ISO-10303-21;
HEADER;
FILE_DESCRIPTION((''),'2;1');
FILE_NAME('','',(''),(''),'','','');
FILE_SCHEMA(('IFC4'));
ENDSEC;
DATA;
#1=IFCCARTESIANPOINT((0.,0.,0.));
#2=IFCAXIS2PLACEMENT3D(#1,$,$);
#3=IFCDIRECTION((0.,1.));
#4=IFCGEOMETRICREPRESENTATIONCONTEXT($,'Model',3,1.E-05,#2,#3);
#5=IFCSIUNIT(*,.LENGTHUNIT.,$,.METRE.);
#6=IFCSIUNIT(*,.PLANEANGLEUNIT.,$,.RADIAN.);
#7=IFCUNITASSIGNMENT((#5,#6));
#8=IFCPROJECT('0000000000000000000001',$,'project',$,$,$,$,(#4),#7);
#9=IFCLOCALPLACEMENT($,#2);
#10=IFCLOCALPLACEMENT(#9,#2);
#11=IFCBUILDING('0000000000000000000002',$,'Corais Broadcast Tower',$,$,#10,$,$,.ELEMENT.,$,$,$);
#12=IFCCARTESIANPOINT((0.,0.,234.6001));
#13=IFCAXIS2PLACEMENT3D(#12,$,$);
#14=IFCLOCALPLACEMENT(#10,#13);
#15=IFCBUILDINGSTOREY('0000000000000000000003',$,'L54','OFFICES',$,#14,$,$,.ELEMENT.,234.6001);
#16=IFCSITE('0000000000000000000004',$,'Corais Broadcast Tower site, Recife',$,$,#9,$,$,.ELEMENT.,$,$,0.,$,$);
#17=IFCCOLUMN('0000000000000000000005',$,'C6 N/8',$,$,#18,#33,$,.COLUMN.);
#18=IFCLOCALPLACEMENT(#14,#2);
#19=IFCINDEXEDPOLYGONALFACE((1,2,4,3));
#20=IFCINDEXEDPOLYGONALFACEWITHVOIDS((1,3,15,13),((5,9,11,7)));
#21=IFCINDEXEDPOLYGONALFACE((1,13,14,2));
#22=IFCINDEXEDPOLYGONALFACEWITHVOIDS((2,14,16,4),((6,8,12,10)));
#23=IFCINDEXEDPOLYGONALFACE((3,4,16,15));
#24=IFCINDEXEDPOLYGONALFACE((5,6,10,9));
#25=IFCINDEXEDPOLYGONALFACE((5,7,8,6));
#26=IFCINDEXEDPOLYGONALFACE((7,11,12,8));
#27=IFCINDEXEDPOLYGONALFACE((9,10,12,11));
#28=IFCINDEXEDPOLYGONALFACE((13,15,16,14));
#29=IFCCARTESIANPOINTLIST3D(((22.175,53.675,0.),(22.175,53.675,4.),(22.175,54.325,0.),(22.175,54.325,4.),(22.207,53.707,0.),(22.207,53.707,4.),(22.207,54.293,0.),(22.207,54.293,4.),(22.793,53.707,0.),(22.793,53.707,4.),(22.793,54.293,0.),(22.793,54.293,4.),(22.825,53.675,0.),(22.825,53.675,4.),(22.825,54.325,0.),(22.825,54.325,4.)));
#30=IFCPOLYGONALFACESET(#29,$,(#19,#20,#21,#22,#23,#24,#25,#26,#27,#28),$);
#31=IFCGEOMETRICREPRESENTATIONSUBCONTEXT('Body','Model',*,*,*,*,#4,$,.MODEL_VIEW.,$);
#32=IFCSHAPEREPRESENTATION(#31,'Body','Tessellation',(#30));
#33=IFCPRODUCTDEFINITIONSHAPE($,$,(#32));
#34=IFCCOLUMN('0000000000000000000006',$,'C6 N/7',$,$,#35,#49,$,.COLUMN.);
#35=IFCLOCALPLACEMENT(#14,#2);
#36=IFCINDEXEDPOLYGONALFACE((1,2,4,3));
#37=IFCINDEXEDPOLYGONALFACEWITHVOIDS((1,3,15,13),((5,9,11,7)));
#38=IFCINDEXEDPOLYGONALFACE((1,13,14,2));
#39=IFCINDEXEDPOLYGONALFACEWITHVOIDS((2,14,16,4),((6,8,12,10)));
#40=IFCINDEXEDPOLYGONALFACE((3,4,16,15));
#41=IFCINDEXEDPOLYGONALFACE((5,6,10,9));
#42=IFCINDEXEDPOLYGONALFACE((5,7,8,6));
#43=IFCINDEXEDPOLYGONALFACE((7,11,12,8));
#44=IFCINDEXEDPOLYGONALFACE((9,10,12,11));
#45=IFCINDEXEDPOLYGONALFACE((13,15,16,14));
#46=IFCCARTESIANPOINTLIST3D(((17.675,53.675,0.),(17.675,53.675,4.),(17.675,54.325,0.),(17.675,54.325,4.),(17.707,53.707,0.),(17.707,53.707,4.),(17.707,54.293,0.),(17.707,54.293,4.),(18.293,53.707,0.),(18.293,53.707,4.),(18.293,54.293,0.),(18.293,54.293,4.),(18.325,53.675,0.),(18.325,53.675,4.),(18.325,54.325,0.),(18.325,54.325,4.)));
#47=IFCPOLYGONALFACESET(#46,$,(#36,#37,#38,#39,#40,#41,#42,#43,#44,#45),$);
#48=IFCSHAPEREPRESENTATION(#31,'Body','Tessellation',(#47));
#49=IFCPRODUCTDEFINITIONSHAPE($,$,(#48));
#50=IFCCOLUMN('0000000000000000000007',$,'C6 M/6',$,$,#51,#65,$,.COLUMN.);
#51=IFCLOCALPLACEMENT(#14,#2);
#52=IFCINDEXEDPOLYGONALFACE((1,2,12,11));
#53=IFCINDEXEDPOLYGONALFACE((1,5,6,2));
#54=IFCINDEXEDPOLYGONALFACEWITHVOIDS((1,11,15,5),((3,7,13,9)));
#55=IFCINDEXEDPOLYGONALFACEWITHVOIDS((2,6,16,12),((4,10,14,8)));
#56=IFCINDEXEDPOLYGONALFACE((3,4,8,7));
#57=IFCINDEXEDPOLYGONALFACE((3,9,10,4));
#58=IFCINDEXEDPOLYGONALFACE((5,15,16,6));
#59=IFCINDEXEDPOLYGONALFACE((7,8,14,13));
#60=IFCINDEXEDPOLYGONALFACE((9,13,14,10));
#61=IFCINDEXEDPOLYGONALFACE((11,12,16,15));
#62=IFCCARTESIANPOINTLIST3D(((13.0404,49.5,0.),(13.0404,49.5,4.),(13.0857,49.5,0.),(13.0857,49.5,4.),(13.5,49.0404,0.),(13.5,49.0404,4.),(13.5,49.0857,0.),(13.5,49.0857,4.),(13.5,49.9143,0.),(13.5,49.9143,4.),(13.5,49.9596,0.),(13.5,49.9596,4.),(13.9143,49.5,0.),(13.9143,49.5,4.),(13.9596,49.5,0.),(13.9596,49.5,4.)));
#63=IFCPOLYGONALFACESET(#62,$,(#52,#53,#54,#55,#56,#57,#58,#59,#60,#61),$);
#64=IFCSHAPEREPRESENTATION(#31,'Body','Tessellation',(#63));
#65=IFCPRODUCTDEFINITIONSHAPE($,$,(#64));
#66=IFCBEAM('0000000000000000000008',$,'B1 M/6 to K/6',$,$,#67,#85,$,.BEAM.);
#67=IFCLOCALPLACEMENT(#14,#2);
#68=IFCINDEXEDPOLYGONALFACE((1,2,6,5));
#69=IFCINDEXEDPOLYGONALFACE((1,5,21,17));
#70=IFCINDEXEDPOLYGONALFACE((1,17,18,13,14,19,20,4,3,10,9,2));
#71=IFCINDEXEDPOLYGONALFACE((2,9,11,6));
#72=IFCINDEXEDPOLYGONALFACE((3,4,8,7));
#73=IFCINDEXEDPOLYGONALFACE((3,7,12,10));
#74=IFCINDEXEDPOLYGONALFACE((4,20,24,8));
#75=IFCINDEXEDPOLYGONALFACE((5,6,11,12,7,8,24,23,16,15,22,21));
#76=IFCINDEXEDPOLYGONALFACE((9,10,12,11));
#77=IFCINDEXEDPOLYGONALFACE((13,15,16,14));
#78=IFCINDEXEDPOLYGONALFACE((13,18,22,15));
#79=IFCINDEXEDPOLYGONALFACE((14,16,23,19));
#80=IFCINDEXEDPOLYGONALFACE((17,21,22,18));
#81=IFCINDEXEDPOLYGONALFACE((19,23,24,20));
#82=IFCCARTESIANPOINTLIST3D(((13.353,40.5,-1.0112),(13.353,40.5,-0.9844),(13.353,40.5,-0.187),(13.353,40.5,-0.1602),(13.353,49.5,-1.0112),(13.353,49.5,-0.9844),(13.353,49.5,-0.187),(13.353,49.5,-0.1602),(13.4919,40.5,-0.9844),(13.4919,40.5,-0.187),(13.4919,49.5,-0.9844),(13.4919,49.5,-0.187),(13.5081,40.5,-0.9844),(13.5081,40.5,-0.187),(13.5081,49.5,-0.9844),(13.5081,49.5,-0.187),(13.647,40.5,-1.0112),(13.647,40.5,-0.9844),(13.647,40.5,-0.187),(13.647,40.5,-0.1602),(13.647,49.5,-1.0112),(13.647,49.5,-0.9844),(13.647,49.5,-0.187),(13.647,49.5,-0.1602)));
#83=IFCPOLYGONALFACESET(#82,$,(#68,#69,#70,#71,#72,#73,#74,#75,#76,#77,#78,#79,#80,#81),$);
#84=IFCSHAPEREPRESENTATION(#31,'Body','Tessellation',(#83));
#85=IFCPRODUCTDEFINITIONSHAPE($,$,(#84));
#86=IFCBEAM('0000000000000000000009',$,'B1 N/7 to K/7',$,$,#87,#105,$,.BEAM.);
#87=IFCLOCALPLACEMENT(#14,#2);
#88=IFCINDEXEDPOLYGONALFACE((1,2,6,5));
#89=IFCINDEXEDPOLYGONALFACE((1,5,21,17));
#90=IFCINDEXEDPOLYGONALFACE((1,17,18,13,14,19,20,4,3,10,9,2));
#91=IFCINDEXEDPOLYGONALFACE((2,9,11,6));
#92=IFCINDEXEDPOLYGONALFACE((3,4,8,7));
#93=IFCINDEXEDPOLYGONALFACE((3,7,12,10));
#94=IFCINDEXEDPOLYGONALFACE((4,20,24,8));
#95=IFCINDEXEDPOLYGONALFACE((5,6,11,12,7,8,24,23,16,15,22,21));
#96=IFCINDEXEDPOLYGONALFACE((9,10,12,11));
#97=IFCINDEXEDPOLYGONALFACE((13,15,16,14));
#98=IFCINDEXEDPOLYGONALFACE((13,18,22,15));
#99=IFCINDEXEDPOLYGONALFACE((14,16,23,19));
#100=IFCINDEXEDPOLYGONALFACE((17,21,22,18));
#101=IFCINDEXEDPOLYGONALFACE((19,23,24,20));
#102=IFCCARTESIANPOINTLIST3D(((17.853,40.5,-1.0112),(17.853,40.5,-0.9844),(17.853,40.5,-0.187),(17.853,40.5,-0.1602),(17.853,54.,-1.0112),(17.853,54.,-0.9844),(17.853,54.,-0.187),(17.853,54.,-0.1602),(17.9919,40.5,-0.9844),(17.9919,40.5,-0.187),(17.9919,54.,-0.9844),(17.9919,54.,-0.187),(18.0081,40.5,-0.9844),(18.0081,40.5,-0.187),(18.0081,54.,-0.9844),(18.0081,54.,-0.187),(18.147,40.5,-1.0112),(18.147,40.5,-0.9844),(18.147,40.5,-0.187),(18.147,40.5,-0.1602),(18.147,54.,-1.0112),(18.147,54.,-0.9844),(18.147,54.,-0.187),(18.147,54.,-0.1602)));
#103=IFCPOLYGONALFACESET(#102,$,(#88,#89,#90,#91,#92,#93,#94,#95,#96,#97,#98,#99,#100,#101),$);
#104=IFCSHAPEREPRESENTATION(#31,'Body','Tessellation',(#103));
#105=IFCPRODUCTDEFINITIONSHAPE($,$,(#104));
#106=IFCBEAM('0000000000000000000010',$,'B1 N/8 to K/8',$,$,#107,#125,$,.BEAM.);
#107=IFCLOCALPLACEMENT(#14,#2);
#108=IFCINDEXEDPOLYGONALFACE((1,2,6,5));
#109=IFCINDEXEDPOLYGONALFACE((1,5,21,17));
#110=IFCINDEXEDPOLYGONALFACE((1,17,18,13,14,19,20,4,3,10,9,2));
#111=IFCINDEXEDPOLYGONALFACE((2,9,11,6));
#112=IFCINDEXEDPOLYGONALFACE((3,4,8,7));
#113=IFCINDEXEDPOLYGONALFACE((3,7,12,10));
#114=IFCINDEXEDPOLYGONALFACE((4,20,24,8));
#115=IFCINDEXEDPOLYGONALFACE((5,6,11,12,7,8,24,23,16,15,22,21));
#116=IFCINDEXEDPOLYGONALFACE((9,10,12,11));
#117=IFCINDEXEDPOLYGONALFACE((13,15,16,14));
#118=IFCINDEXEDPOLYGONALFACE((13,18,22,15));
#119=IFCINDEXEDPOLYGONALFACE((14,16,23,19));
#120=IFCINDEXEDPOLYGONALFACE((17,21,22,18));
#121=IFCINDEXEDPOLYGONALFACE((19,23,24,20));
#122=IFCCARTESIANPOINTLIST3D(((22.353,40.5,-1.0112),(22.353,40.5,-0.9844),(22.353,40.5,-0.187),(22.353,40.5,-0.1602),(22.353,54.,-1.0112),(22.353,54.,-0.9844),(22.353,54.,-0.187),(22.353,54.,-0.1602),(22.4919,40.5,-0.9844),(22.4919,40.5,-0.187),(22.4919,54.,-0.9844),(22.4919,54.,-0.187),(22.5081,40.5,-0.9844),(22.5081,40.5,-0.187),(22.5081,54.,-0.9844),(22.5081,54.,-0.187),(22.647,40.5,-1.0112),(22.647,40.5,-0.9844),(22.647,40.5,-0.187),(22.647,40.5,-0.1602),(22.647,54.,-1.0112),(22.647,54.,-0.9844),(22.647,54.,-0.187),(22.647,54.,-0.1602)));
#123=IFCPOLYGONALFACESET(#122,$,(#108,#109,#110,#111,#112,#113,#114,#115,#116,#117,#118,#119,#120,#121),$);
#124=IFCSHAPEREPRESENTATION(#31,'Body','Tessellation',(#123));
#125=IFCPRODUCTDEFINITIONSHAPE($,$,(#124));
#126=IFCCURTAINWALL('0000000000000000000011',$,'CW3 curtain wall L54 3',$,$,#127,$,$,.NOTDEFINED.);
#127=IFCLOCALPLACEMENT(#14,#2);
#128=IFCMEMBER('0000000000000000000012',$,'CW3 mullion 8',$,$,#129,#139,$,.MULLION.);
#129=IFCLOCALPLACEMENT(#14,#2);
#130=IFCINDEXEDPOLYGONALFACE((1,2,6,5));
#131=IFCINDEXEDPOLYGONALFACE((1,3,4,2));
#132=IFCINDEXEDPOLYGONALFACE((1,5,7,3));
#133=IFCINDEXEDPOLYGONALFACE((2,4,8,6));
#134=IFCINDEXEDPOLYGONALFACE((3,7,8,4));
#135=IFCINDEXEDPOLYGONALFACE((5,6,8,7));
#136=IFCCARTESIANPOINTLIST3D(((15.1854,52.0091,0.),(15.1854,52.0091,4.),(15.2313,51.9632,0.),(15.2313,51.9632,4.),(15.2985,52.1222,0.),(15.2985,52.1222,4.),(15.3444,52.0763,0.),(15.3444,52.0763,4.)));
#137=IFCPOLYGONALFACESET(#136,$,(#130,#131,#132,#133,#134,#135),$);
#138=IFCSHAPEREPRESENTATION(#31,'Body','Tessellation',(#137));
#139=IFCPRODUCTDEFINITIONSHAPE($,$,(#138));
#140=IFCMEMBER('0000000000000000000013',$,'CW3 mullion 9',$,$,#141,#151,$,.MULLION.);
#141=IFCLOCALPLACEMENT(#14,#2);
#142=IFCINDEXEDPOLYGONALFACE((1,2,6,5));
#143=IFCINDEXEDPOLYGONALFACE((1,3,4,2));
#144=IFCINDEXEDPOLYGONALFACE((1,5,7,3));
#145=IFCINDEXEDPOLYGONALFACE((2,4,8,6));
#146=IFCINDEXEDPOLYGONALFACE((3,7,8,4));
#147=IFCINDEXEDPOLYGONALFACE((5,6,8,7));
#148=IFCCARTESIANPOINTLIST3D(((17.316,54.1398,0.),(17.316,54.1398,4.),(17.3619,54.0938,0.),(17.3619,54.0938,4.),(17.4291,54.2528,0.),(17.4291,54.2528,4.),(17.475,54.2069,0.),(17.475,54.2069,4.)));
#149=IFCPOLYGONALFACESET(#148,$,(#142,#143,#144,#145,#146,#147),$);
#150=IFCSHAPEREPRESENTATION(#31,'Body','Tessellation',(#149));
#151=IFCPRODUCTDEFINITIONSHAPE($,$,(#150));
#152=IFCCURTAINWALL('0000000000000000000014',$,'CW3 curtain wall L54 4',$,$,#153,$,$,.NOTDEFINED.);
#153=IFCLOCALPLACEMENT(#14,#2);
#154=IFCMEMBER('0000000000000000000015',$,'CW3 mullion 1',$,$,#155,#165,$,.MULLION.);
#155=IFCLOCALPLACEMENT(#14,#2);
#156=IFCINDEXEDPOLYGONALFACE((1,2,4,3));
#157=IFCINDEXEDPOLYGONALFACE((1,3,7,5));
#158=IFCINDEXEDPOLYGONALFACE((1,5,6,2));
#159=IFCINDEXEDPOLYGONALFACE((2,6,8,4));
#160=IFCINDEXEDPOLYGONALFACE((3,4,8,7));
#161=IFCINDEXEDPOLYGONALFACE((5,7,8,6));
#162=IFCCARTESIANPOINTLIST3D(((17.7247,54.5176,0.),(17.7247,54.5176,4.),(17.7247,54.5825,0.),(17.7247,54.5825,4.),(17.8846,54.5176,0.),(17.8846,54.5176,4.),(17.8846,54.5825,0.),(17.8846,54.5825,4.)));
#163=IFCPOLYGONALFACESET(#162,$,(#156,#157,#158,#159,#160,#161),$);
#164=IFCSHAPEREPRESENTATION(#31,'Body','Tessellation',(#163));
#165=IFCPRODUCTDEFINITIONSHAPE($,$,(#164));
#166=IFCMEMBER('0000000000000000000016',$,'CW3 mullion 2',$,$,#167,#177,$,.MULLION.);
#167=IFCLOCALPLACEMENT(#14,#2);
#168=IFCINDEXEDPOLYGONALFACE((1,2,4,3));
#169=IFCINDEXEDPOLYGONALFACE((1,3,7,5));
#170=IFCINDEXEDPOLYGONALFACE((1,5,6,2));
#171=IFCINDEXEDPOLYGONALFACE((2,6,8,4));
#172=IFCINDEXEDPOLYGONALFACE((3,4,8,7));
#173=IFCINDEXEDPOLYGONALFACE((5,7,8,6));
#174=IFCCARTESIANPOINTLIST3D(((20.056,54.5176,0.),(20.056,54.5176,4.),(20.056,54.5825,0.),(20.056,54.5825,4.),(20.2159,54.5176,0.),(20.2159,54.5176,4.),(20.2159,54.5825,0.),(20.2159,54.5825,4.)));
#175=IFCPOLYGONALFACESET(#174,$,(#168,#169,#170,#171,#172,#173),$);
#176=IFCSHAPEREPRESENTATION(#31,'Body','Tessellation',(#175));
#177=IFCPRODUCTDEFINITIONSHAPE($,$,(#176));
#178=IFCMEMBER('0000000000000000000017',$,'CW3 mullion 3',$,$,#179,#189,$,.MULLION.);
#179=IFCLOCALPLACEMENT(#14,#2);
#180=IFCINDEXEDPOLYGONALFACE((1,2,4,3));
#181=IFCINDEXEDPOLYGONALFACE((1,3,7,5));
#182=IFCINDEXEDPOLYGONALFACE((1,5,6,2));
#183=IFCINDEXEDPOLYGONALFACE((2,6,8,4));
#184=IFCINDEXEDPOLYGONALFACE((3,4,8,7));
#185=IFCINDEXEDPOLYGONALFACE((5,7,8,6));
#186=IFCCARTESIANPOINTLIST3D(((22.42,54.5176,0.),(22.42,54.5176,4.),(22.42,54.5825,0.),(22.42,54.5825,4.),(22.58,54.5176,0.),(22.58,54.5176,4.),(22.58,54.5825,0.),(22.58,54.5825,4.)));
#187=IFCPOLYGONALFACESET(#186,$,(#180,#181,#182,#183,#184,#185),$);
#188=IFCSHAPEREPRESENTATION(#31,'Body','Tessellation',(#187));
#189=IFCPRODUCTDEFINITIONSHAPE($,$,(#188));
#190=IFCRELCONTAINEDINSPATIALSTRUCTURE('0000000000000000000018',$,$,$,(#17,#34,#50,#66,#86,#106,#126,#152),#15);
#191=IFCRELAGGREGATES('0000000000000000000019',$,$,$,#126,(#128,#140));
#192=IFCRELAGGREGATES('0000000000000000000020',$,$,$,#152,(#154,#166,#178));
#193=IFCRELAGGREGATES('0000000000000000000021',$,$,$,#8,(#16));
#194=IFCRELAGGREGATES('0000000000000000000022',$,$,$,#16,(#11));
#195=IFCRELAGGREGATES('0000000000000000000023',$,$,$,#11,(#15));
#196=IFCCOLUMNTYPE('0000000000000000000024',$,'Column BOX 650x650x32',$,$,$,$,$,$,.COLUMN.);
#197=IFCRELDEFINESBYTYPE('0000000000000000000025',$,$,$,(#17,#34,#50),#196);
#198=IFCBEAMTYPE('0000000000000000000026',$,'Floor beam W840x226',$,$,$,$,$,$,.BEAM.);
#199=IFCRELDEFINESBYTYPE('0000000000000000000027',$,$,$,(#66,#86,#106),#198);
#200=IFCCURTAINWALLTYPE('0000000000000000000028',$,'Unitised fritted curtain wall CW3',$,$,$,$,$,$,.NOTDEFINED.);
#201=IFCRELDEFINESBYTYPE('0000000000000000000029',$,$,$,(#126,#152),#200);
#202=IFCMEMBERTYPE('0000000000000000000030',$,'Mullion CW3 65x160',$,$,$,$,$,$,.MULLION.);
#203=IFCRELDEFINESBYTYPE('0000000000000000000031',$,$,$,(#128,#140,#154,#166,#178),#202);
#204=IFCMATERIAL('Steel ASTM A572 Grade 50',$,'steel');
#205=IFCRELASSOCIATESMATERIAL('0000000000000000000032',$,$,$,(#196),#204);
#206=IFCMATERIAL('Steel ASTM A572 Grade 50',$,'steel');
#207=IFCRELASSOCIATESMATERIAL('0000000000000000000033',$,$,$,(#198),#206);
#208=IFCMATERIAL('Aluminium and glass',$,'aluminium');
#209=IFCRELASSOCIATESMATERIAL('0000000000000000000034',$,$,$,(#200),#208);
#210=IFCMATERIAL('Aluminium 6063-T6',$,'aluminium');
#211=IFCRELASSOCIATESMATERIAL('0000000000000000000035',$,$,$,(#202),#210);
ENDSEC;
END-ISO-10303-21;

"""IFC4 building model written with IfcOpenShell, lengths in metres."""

from ifc_helpers import new_model, si_unit, direction, frame, origin, origin_2d, place, context, subcontext, project, spatial, rectangle, hollow_rectangle, i_section, extrude, material, material_profile, profile_set, type_object, element, aggregate, save


model = new_model("IFC4")

# Units and contexts
model_context = context("Model", 3, precision=1e-05, world=origin(), true_north=direction((0.0, 1.0)))
body_context = subcontext(model_context, "Body", "Model", "MODEL_VIEW")
ifc_project = project(units=[si_unit("LENGTHUNIT", "METRE"), si_unit("PLANEANGLEUNIT", "RADIAN")], contexts=[model_context])

# Site, building, storey
site_placement = place(None, origin())
site = spatial("IfcSite", under=ifc_project, at=site_placement, Name="Corais Broadcast Tower site, Recife", CompositionType="ELEMENT", RefElevation=0.0)
building_placement = place(site_placement, origin())
building = spatial("IfcBuilding", under=site, at=building_placement, Name="Corais Broadcast Tower", CompositionType="ELEMENT")
storey_placement = place(building_placement, frame((0.0, 0.0, 234.6001)))
storey = spatial("IfcBuildingStorey", under=building, at=storey_placement, Name="L54", Description="OFFICES", CompositionType="ELEMENT", Elevation=234.6001)

# Columns
ifc_material_1 = material(Name="Steel ASTM A572 Grade 50", Category="steel")
ifc_material_profile_1 = material_profile(ifc_material_1, hollow_rectangle(XDim=0.6499, YDim=0.6499, WallThickness=0.032, at=origin_2d()), Name="BOX 650x650x32")
ifc_profile_set_1 = profile_set([ifc_material_profile_1], Name="Steel ASTM A572 Grade 50")
column_type = type_object("IfcColumnType", Name="Column BOX 650x650x32", PredefinedType="COLUMN", material=ifc_profile_set_1)
for number, where, z_axis, x_axis, name in (
    (1, (22.5, 54.0, 0.0), (0.0, 0.0, 1.0), (1.0, 0.0, 0.0), "C6 N/8"),
    (2, (18.0, 54.0, 0.0), (0.0, 0.0, 1.0), (1.0, 0.0, 0.0), "C6 N/7"),
    (3, (13.5, 49.5, 0.0), (0.0, 0.0, 1.0), (0.707107, 0.707107, 0.0), "C6 M/6"),
):
    element("IfcColumn", number, at=place(storey_placement, frame(where, z_axis=z_axis, x_axis=x_axis)), inside=storey, type_object=column_type, Name=name, PredefinedType="COLUMN", context=body_context, shape_type="SweptSolid", body=[
        extrude(hollow_rectangle(XDim=0.6499, YDim=0.6499, WallThickness=0.032, at=origin_2d()), origin(), (0.0, 0.0, 1.0), 4.0),
    ])

# Beams
ifc_material_2 = material(Name="Steel ASTM A572 Grade 50", Category="steel")
ifc_material_profile_2 = material_profile(ifc_material_2, i_section(OverallWidth=0.2939, OverallDepth=0.8511, WebThickness=0.0161, FlangeThickness=0.0269, at=origin_2d()), Name="W840x226")
ifc_profile_set_2 = profile_set([ifc_material_profile_2], Name="Steel ASTM A572 Grade 50")
beam_type_1 = type_object("IfcBeamType", Name="Floor beam W840x226", PredefinedType="BEAM", material=ifc_profile_set_2)
beam_1_placement = place(storey_placement, frame((13.5, 49.5, -0.5857), z_axis=(0.0, -1.0, 0.0), x_axis=(1.0, 0.0, 0.0)))
element("IfcBeam", 4, at=beam_1_placement, inside=storey, type_object=beam_type_1, Name="B1 M/6 to K/6", PredefinedType="BEAM", context=body_context, shape_type="SweptSolid", body=[
    extrude(i_section(OverallWidth=0.2939, OverallDepth=0.8511, WebThickness=0.0161, FlangeThickness=0.0269, at=origin_2d()), origin(), (0.0, 0.0, 1.0), 9.0),
])
for number, where, z_axis, x_axis, name in (
    (5, (18.0, 54.0, -0.5857), (0.0, -1.0, 0.0), (1.0, 0.0, 0.0), "B1 N/7 to K/7"),
    (6, (22.5, 54.0, -0.5857), (0.0, -1.0, 0.0), (1.0, 0.0, 0.0), "B1 N/8 to K/8"),
):
    element("IfcBeam", number, at=place(storey_placement, frame(where, z_axis=z_axis, x_axis=x_axis)), inside=storey, type_object=beam_type_1, Name=name, PredefinedType="BEAM", context=body_context, shape_type="SweptSolid", body=[
        extrude(i_section(OverallWidth=0.2939, OverallDepth=0.8511, WebThickness=0.0161, FlangeThickness=0.0269, at=origin_2d()), origin(), (0.0, 0.0, 1.0), 13.5),
    ])

# Curtain walls, members
ifc_material_3 = material(Name="Aluminium and glass", Category="aluminium")
curtain_wall_type = type_object("IfcCurtainWallType", Name="Unitised fritted curtain wall CW3", PredefinedType="NOTDEFINED", material=ifc_material_3)
curtain_wall_1_placement = place(storey_placement, origin())
curtain_wall_1 = element("IfcCurtainWall", 7, at=curtain_wall_1_placement, inside=storey, type_object=curtain_wall_type, Name="CW3 curtain wall L54 3", PredefinedType="NOTDEFINED")
ifc_material_4 = material(Name="Aluminium 6063-T6", Category="aluminium")
ifc_material_profile_3 = material_profile(ifc_material_4, rectangle(XDim=0.0649, YDim=0.1599, at=origin_2d()), Name="Mullion CW3 65x160")
ifc_profile_set_3 = profile_set([ifc_material_profile_3], Name="Aluminium 6063-T6")
member_type_1 = type_object("IfcMemberType", Name="Mullion CW3 65x160", PredefinedType="MULLION", material=ifc_profile_set_3)
member_1_placement = place(storey_placement, frame((15.2649, 52.0427, 0.0), z_axis=(0.0, 0.0, 1.0), x_axis=(-0.707107, 0.707107, 0.0)))
member_1 = element("IfcMember", 8, at=member_1_placement, type_object=member_type_1, Name="CW3 mullion 8", PredefinedType="MULLION", context=body_context, shape_type="SweptSolid", body=[
    extrude(rectangle(XDim=0.0649, YDim=0.1599, at=origin_2d()), origin(), (0.0, 0.0, 1.0), 4.0),
])
member_2_placement = place(storey_placement, frame((17.3955, 54.1733, 0.0), z_axis=(0.0, 0.0, 1.0), x_axis=(-0.707107, 0.707107, 0.0)))
member_2 = element("IfcMember", 9, at=member_2_placement, type_object=member_type_1, Name="CW3 mullion 9", PredefinedType="MULLION", context=body_context, shape_type="SweptSolid", body=[
    extrude(rectangle(XDim=0.0649, YDim=0.1599, at=origin_2d()), origin(), (0.0, 0.0, 1.0), 4.0),
])
curtain_wall_2_placement = place(storey_placement, origin())
curtain_wall_2 = element("IfcCurtainWall", 10, at=curtain_wall_2_placement, inside=storey, type_object=curtain_wall_type, Name="CW3 curtain wall L54 4", PredefinedType="NOTDEFINED")
member_3_placement = place(storey_placement, frame((17.8047, 54.55, 0.0), z_axis=(0.0, 0.0, 1.0), x_axis=(0.0, 1.0, 0.0)))
member_3 = element("IfcMember", 11, at=member_3_placement, type_object=member_type_1, Name="CW3 mullion 1", PredefinedType="MULLION", context=body_context, shape_type="SweptSolid", body=[
    extrude(rectangle(XDim=0.0649, YDim=0.1599, at=origin_2d()), origin(), (0.0, 0.0, 1.0), 4.0),
])
member_4_placement = place(storey_placement, frame((20.136, 54.55, 0.0), z_axis=(0.0, 0.0, 1.0), x_axis=(0.0, 1.0, 0.0)))
member_4 = element("IfcMember", 12, at=member_4_placement, type_object=member_type_1, Name="CW3 mullion 2", PredefinedType="MULLION", context=body_context, shape_type="SweptSolid", body=[
    extrude(rectangle(XDim=0.0649, YDim=0.1599, at=origin_2d()), origin(), (0.0, 0.0, 1.0), 4.0),
])
member_5_placement = place(storey_placement, frame((22.5, 54.55, 0.0), z_axis=(0.0, 0.0, 1.0), x_axis=(0.0, 1.0, 0.0)))
member_5 = element("IfcMember", 13, at=member_5_placement, type_object=member_type_1, Name="CW3 mullion 3", PredefinedType="MULLION", context=body_context, shape_type="SweptSolid", body=[
    extrude(rectangle(XDim=0.0649, YDim=0.1599, at=origin_2d()), origin(), (0.0, 0.0, 1.0), 4.0),
])

aggregate(curtain_wall_1, [member_1, member_2])
aggregate(curtain_wall_2, [member_3, member_4, member_5])

save(model, "model.ifc")
